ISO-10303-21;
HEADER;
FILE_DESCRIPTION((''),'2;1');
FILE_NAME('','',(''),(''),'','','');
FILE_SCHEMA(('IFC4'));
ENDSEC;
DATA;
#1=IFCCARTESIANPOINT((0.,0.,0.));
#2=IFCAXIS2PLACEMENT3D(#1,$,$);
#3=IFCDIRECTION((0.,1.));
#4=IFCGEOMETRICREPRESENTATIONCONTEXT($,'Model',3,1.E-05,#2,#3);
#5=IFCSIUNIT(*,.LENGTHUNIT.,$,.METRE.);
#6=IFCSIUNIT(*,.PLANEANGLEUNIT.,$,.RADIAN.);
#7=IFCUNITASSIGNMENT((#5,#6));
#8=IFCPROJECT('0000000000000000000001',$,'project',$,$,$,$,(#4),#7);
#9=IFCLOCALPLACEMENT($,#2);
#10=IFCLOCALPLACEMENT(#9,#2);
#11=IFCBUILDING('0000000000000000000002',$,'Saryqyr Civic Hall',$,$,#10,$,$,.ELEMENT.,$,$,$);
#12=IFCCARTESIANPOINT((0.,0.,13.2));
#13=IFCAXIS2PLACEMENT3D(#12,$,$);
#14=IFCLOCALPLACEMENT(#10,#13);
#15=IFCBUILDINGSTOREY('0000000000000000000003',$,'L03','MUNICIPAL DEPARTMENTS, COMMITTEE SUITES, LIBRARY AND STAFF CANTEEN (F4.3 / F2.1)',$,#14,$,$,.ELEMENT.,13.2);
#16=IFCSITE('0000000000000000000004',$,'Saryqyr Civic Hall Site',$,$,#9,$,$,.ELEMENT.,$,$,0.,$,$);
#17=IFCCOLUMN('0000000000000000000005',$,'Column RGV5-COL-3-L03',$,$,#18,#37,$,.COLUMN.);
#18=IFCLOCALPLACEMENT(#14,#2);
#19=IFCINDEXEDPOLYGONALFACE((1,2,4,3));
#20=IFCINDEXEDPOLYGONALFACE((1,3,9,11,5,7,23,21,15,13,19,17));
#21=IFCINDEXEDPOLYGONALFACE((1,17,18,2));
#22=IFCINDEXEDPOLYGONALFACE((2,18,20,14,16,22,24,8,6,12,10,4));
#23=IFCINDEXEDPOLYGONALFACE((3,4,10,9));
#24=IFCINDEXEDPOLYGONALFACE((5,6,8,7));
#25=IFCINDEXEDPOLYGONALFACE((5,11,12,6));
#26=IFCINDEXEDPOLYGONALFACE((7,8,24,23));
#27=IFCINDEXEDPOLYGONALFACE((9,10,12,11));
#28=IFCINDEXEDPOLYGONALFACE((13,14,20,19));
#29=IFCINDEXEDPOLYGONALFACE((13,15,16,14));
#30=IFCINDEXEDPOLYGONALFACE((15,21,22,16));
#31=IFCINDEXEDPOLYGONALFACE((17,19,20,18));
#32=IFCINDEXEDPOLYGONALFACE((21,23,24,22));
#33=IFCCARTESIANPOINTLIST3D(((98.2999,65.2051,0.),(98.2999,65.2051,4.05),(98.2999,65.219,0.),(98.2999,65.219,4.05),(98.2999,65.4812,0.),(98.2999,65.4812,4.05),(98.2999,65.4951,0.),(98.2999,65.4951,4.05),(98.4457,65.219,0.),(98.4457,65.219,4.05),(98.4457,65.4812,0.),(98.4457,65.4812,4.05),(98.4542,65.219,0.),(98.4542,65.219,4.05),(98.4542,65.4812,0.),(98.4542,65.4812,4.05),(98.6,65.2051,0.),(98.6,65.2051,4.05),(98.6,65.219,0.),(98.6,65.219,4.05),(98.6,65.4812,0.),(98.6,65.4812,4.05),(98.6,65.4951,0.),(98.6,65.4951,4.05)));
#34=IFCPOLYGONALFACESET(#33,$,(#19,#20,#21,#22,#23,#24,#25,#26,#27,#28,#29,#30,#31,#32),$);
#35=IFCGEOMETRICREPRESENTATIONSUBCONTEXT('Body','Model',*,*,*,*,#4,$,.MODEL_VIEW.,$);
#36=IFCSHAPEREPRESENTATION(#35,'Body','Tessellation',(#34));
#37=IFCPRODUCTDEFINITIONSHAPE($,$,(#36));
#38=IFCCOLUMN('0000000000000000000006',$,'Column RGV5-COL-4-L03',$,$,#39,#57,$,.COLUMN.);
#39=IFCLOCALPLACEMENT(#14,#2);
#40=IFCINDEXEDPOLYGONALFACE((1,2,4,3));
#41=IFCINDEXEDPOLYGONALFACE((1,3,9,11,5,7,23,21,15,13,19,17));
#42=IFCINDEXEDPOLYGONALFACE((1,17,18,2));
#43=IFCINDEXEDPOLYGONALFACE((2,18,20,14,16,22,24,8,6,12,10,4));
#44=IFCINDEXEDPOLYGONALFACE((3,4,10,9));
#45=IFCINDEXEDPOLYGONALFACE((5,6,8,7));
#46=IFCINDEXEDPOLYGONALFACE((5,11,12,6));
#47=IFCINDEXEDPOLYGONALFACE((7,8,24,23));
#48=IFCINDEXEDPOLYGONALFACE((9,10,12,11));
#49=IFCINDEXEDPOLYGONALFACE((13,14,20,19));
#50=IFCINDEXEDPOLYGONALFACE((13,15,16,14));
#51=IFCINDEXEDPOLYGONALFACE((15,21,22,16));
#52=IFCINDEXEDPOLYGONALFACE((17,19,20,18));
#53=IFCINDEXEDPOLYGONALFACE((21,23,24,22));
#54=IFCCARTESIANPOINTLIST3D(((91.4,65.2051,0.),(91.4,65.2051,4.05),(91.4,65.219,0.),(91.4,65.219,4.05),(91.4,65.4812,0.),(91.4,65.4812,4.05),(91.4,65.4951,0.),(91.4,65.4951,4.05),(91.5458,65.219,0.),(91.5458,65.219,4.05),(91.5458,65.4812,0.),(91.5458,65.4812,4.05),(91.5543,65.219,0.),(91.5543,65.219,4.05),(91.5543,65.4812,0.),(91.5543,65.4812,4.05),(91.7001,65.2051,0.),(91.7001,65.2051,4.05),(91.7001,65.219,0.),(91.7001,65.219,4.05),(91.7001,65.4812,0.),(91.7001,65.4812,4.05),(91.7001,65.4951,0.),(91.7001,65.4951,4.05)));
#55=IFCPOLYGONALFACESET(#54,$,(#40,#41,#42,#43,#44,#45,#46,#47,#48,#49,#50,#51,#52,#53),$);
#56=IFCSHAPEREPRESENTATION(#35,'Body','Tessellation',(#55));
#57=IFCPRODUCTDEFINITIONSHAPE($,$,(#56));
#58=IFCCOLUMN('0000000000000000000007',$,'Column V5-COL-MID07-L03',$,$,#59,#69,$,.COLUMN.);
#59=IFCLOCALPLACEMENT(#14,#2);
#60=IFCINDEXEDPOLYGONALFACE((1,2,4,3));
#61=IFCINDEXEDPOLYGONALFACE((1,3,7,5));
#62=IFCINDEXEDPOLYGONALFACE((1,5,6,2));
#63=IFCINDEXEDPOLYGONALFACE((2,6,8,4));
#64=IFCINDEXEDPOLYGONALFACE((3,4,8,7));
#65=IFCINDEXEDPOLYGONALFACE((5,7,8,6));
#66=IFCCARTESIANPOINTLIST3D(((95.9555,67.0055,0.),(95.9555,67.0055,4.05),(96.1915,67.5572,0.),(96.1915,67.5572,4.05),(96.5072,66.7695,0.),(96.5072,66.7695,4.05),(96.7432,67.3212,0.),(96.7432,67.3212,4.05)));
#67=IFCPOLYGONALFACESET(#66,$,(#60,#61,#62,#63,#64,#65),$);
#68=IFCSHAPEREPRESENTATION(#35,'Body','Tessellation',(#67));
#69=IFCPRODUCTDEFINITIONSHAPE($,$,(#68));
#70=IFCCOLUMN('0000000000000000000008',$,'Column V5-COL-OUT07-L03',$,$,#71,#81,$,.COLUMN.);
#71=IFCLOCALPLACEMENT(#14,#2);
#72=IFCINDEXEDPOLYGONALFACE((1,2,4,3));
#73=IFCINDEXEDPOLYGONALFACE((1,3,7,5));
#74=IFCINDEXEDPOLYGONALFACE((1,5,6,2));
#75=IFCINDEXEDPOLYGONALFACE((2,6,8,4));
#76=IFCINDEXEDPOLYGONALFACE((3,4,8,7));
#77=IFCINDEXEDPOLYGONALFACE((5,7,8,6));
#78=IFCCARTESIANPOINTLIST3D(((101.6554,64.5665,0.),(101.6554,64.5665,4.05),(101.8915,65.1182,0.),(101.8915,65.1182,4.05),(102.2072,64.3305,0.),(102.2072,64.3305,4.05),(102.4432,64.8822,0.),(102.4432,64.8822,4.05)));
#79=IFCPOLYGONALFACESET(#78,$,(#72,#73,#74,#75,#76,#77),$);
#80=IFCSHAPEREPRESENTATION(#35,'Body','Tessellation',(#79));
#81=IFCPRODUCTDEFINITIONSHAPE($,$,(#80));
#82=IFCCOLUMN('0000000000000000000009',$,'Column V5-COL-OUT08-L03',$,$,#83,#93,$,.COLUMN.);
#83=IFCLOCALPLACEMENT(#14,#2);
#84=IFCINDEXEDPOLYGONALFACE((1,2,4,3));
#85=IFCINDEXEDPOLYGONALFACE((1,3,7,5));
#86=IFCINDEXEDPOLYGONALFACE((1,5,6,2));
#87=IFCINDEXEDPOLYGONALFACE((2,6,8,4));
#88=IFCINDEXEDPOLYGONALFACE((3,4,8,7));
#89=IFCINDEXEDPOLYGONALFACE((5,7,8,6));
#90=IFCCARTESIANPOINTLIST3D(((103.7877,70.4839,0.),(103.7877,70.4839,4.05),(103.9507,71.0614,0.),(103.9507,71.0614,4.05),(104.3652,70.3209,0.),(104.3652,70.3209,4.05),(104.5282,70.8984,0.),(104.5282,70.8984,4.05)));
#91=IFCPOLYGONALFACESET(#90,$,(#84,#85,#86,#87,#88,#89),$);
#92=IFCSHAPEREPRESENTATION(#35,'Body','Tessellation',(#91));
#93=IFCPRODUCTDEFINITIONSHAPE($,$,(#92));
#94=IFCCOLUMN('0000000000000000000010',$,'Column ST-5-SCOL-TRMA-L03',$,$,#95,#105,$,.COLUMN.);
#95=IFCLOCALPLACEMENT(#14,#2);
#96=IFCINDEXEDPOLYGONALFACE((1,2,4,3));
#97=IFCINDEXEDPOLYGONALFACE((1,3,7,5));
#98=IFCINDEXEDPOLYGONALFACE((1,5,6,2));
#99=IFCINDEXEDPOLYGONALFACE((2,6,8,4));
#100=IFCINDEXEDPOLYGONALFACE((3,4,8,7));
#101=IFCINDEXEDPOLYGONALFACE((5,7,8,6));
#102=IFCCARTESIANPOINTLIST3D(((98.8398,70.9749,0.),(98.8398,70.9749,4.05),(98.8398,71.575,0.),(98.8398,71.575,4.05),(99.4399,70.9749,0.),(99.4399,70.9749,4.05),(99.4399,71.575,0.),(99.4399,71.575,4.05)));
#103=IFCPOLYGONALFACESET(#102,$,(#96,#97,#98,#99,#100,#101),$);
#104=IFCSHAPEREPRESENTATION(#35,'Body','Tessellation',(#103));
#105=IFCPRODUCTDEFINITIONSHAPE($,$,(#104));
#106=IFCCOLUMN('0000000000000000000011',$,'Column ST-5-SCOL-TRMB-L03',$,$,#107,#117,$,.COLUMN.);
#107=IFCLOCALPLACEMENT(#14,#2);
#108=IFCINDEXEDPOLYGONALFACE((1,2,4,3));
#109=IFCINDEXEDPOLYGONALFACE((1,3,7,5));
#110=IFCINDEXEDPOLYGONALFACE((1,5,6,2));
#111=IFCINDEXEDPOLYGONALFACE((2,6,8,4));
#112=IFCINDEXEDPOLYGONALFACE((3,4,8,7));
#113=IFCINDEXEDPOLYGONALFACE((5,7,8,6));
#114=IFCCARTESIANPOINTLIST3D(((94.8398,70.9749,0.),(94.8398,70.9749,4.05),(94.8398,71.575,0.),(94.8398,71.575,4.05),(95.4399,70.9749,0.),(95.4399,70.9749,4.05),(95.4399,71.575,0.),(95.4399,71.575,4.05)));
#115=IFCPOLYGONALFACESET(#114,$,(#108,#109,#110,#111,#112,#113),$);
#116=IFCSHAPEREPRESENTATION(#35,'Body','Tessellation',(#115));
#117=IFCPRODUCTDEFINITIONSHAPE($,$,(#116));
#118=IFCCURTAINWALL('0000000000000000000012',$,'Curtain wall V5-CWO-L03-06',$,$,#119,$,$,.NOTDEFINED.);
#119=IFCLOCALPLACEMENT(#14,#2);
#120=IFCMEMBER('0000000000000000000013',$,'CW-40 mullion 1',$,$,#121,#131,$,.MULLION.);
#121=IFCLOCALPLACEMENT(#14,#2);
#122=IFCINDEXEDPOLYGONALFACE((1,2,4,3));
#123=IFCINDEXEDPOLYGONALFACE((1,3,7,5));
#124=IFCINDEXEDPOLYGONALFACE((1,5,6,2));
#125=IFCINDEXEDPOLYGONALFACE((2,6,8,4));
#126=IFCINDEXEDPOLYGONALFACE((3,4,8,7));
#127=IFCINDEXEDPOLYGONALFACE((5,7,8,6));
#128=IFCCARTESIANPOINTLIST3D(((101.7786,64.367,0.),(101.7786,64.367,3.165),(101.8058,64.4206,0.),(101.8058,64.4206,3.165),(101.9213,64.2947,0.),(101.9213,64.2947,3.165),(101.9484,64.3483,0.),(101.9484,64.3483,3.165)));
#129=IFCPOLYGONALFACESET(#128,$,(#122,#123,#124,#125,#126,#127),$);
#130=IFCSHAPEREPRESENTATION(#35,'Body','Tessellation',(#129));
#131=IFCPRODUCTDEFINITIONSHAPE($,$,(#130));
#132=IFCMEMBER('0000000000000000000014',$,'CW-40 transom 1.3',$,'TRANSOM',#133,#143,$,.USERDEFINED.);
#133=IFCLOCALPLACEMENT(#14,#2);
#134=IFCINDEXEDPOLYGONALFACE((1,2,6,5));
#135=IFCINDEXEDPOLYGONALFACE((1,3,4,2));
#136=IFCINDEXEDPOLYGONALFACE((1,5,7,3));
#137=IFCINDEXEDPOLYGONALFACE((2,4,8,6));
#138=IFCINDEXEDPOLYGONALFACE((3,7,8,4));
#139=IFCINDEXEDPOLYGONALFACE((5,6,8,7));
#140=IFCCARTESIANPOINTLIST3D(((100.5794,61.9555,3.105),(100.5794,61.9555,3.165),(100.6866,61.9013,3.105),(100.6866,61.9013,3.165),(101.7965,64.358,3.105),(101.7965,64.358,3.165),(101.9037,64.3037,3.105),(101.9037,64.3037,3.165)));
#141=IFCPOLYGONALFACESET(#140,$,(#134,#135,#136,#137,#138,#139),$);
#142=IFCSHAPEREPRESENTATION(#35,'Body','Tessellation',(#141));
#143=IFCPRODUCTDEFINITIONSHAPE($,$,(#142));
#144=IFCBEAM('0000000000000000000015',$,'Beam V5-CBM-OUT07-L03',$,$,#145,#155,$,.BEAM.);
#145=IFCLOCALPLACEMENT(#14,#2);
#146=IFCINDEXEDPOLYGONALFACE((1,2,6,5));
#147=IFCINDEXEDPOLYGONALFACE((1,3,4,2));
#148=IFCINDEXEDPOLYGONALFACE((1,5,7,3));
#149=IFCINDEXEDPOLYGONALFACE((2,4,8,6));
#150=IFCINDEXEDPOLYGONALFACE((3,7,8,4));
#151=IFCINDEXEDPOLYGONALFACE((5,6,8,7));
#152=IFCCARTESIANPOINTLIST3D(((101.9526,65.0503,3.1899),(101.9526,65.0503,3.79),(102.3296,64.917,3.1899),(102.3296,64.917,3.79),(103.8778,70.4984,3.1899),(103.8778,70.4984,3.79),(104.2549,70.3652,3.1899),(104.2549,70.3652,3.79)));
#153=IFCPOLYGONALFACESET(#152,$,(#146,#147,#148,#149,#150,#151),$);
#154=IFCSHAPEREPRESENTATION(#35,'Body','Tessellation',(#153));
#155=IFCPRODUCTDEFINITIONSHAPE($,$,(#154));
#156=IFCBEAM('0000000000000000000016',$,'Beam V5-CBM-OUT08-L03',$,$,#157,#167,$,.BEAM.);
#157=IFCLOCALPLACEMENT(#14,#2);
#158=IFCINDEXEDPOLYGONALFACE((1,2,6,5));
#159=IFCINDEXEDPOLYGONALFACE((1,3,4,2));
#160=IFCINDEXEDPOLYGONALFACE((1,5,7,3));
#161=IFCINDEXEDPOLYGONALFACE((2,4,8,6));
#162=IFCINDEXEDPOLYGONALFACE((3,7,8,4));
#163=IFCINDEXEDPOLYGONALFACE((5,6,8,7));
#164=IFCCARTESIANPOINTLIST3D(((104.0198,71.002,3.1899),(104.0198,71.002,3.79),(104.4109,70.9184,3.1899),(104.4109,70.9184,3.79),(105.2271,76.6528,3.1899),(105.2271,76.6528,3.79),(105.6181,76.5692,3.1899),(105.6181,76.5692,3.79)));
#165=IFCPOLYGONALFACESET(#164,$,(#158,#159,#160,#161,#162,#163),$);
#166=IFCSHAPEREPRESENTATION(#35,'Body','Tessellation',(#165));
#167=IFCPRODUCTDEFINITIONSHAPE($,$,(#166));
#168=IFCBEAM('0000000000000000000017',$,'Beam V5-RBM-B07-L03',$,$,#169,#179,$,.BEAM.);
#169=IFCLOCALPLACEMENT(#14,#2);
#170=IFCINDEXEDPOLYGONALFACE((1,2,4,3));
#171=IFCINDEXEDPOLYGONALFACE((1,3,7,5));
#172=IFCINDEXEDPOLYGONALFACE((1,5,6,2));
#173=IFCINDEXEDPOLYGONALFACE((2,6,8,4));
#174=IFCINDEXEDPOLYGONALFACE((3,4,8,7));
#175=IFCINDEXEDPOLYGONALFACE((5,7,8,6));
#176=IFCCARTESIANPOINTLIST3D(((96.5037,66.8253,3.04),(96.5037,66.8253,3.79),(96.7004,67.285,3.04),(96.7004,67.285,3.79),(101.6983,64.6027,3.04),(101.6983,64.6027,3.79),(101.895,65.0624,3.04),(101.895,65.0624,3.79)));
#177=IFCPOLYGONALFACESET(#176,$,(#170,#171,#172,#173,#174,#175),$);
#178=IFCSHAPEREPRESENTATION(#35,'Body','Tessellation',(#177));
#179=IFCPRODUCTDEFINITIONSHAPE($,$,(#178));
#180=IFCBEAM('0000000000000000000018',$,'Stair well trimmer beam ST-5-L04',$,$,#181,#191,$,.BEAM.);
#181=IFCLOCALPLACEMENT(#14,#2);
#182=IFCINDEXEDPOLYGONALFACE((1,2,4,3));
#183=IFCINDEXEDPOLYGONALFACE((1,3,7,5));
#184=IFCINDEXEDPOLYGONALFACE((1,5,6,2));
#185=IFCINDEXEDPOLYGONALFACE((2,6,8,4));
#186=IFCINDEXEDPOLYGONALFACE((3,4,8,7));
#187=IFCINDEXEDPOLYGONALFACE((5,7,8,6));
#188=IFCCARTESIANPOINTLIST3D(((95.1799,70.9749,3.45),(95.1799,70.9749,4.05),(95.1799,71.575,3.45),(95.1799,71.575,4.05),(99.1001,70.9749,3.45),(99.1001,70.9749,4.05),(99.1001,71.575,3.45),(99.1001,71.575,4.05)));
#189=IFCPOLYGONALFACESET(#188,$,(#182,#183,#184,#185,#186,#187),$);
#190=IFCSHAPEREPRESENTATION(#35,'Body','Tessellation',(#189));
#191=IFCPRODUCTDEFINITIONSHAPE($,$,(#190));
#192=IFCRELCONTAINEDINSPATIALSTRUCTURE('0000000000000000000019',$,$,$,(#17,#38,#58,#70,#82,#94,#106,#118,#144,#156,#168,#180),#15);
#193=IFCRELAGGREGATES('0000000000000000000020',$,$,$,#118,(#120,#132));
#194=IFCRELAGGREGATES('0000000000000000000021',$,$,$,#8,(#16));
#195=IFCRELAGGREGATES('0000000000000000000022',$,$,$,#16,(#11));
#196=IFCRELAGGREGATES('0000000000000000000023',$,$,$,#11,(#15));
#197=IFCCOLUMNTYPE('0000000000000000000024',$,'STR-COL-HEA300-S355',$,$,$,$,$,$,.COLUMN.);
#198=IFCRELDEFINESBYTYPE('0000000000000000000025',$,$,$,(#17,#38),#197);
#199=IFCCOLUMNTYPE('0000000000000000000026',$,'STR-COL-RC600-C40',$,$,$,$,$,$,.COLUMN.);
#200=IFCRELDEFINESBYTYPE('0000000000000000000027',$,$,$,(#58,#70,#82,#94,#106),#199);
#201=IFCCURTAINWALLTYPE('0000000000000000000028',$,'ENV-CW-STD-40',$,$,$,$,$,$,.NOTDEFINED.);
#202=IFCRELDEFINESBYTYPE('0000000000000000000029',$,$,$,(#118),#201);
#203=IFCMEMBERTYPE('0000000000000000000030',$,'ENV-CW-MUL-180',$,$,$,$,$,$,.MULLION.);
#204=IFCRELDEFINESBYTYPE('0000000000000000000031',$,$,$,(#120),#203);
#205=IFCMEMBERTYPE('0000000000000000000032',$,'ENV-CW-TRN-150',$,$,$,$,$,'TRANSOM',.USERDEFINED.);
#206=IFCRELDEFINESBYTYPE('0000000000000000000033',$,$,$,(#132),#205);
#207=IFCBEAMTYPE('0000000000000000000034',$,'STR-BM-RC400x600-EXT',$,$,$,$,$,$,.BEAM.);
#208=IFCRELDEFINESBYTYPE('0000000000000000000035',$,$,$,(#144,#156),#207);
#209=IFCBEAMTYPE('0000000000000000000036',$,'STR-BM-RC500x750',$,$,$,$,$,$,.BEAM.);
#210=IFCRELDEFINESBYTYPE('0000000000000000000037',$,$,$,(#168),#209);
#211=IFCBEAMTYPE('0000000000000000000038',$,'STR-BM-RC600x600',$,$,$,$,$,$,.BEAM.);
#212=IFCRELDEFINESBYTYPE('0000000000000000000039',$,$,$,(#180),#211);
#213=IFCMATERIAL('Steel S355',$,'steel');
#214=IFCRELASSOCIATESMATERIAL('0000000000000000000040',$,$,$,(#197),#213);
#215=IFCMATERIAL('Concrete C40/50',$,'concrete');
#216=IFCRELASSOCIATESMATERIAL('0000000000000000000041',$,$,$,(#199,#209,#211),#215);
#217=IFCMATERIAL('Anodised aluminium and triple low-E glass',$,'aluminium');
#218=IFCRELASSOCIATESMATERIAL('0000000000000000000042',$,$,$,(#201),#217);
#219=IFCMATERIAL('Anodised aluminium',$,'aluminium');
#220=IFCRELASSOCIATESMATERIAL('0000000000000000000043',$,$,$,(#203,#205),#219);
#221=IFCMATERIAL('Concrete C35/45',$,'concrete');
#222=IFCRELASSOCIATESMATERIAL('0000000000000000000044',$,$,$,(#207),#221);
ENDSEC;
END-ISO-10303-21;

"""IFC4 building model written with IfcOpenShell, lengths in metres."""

from ifc_helpers import new_model, si_unit, direction, frame, origin, origin_2d, place, context, subcontext, project, spatial, rectangle, i_section, extrude, material, material_profile, profile_set, type_object, element, aggregate, save


model = new_model("IFC4")

# Units and contexts
model_context = context("Model", 3, precision=1e-05, world=origin(), true_north=direction((0.0, 1.0)))
body_context = subcontext(model_context, "Body", "Model", "MODEL_VIEW")
ifc_project = project(units=[si_unit("LENGTHUNIT", "METRE"), si_unit("PLANEANGLEUNIT", "RADIAN")], contexts=[model_context])

# Site, building, storey
site_placement = place(None, origin())
site = spatial("IfcSite", under=ifc_project, at=site_placement, Name="Saryqyr Civic Hall Site", CompositionType="ELEMENT", RefElevation=0.0)
building_placement = place(site_placement, origin())
building = spatial("IfcBuilding", under=site, at=building_placement, Name="Saryqyr Civic Hall", CompositionType="ELEMENT")
storey_placement = place(building_placement, frame((0.0, 0.0, 13.2)))
storey = spatial("IfcBuildingStorey", under=building, at=storey_placement, Name="L03", Description="MUNICIPAL DEPARTMENTS, COMMITTEE SUITES, LIBRARY AND STAFF CANTEEN (F4.3 / F2.1)", CompositionType="ELEMENT", Elevation=13.2)

# Columns
ifc_material_1 = material(Name="Steel S355", Category="steel")
ifc_material_profile_1 = material_profile(ifc_material_1, i_section(OverallWidth=0.3, OverallDepth=0.29, WebThickness=0.0085, FlangeThickness=0.0139, at=origin_2d()), Name="HEA 300")
ifc_profile_set_1 = profile_set([ifc_material_profile_1], Name="Steel S355")
column_type_1 = type_object("IfcColumnType", Name="STR-COL-HEA300-S355", PredefinedType="COLUMN", material=ifc_profile_set_1)
for number, where, z_axis, x_axis, name in (
    (1, (98.45, 65.3501, 0.0), (0.0, 0.0, 1.0), (1.0, 0.0, 0.0), "Column RGV5-COL-3-L03"),
    (2, (91.55, 65.3501, 0.0), (0.0, 0.0, 1.0), (1.0, 0.0, 0.0), "Column RGV5-COL-4-L03"),
):
    element("IfcColumn", number, at=place(storey_placement, frame(where, z_axis=z_axis, x_axis=x_axis)), inside=storey, type_object=column_type_1, Name=name, PredefinedType="COLUMN", context=body_context, shape_type="SweptSolid", body=[
        extrude(i_section(OverallWidth=0.3, OverallDepth=0.29, WebThickness=0.0085, FlangeThickness=0.0139, at=origin_2d()), origin(), (0.0, 0.0, 1.0), 4.05),
    ])
ifc_material_2 = material(Name="Concrete C40/50", Category="concrete")
ifc_material_profile_2 = material_profile(ifc_material_2, rectangle(XDim=0.6001, YDim=0.6001, at=origin_2d()), Name="RC 600x600")
ifc_profile_set_2 = profile_set([ifc_material_profile_2], Name="Concrete C40/50")
column_type_2 = type_object("IfcColumnType", Name="STR-COL-RC600-C40", PredefinedType="COLUMN", material=ifc_profile_set_2)
for number, where, z_axis, x_axis, name in (
    (3, (96.3494, 67.1633, 0.0), (0.0, 0.0, 1.0), (0.91941, -0.3933, 0.0), "Column V5-COL-MID07-L03"),
    (4, (102.0493, 64.7244, 0.0), (0.0, 0.0, 1.0), (0.91941, -0.3933, 0.0), "Column V5-COL-OUT07-L03"),
    (5, (104.158, 70.6912, 0.0), (0.0, 0.0, 1.0), (0.962408, -0.271608, 0.0), "Column V5-COL-OUT08-L03"),
    (6, (99.1399, 71.2749, 0.0), (0.0, 0.0, 1.0), (1.0, 0.0, 0.0), "Column ST-5-SCOL-TRMA-L03"),
    (7, (95.1399, 71.2749, 0.0), (0.0, 0.0, 1.0), (1.0, 0.0, 0.0), "Column ST-5-SCOL-TRMB-L03"),
):
    element("IfcColumn", number, at=place(storey_placement, frame(where, z_axis=z_axis, x_axis=x_axis)), inside=storey, type_object=column_type_2, Name=name, PredefinedType="COLUMN", context=body_context, shape_type="SweptSolid", body=[
        extrude(rectangle(XDim=0.6001, YDim=0.6001, at=origin_2d()), origin(), (0.0, 0.0, 1.0), 4.05),
    ])

# Curtain wall, members
ifc_material_3 = material(Name="Anodised aluminium and triple low-E glass", Category="aluminium")
curtain_wall_type_1 = type_object("IfcCurtainWallType", Name="ENV-CW-STD-40", PredefinedType="NOTDEFINED", material=ifc_material_3)
curtain_wall_1_placement = place(storey_placement, origin())
curtain_wall_1 = element("IfcCurtainWall", 8, at=curtain_wall_1_placement, inside=storey, type_object=curtain_wall_type_1, Name="Curtain wall V5-CWO-L03-06", PredefinedType="NOTDEFINED")
ifc_material_4 = material(Name="Anodised aluminium", Category="aluminium")
ifc_material_profile_3 = material_profile(ifc_material_4, rectangle(XDim=0.0601, YDim=0.1599, at=origin_2d()), Name="ALU MULLION 60x160")
ifc_profile_set_3 = profile_set([ifc_material_profile_3], Name="Anodised aluminium")
member_type_1 = type_object("IfcMemberType", Name="ENV-CW-MUL-180", PredefinedType="MULLION", material=ifc_profile_set_3)
member_1_placement = place(storey_placement, frame((101.8635, 64.3577, 0.0), z_axis=(0.0, 0.0, 1.0), x_axis=(-0.451943, -0.892047, 0.0)))
member_1 = element("IfcMember", 9, at=member_1_placement, type_object=member_type_1, Name="CW-40 mullion 1", PredefinedType="MULLION", context=body_context, shape_type="SweptSolid", body=[
    extrude(rectangle(XDim=0.0601, YDim=0.1599, at=origin_2d()), origin(), (0.0, 0.0, 1.0), 3.165),
])
ifc_material_profile_4 = material_profile(ifc_material_4, rectangle(XDim=0.1201, YDim=0.0601, at=origin_2d()), Name="ALU TRANSOM 120x60")
ifc_profile_set_4 = profile_set([ifc_material_profile_4], Name="Anodised aluminium")
member_type_2 = type_object("IfcMemberType", Name="ENV-CW-TRN-150", ElementType="TRANSOM", PredefinedType="USERDEFINED", material=ifc_profile_set_4)
member_2_placement = place(storey_placement, frame((101.8501, 64.3308, 3.135), z_axis=(-0.451922, -0.892058, 0.0), x_axis=(0.892058, -0.451922, 0.0)))
member_2 = element("IfcMember", 10, at=member_2_placement, type_object=member_type_2, Name="CW-40 transom 1.3", ObjectType="TRANSOM", PredefinedType="USERDEFINED", context=body_context, shape_type="SweptSolid", body=[
    extrude(rectangle(XDim=0.1201, YDim=0.0601, at=origin_2d()), origin(), (0.0, 0.0, 1.0), 2.6931),
])
aggregate(curtain_wall_1, [member_1, member_2])

# Beams
ifc_material_5 = material(Name="Concrete C35/45", Category="concrete")
ifc_material_profile_5 = material_profile(ifc_material_5, rectangle(XDim=0.3999, YDim=0.6001, at=origin_2d()), Name="RC 400x600")
ifc_profile_set_5 = profile_set([ifc_material_profile_5], Name="Concrete C35/45")
beam_type_1 = type_object("IfcBeamType", Name="STR-BM-RC400x600-EXT", PredefinedType="BEAM", material=ifc_profile_set_5)
for number, where, z_axis, x_axis, name in (
    (11, (102.1411, 64.9836, 3.49), (0.333187, 0.942861, 0.0), (-0.942861, 0.333187, 0.0), "Beam V5-CBM-OUT07-L03"),
    (12, (104.2153, 70.9602, 3.49), (0.208929, 0.977931, 0.0), (-0.977931, 0.208929, 0.0), "Beam V5-CBM-OUT08-L03"),
):
    element("IfcBeam", number, at=place(storey_placement, frame(where, z_axis=z_axis, x_axis=x_axis)), inside=storey, type_object=beam_type_1, Name=name, PredefinedType="BEAM", context=body_context, shape_type="SweptSolid", body=[
        extrude(rectangle(XDim=0.3999, YDim=0.6001, at=origin_2d()), origin(), (0.0, 0.0, 1.0), 5.7783),
    ])
ifc_material_profile_6 = material_profile(ifc_material_2, rectangle(XDim=0.5, YDim=0.75, at=origin_2d()), Name="RC 500x750")
ifc_profile_set_6 = profile_set([ifc_material_profile_6], Name="Concrete C40/50")
beam_type_2 = type_object("IfcBeamType", Name="STR-BM-RC500x750", PredefinedType="BEAM", material=ifc_profile_set_6)
beam_1_placement = place(storey_placement, frame((96.6021, 67.0552, 3.415), z_axis=(0.919375, -0.393382, 0.0), x_axis=(0.393382, 0.919375, 0.0)))
element("IfcBeam", 13, at=beam_1_placement, inside=storey, type_object=beam_type_2, Name="Beam V5-RBM-B07-L03", PredefinedType="BEAM", context=body_context, shape_type="SweptSolid", body=[
    extrude(rectangle(XDim=0.5, YDim=0.75, at=origin_2d()), origin(), (0.0, 0.0, 1.0), 5.6501),
])
ifc_material_profile_7 = material_profile(ifc_material_2, rectangle(XDim=0.6001, YDim=0.6001, at=origin_2d()), Name="RC 600x600")
ifc_profile_set_7 = profile_set([ifc_material_profile_7], Name="Concrete C40/50")
beam_type_3 = type_object("IfcBeamType", Name="STR-BM-RC600x600", PredefinedType="BEAM", material=ifc_profile_set_7)
beam_2_placement = place(storey_placement, frame((99.1001, 71.2749, 3.75), z_axis=(-1.0, 0.0, 0.0), x_axis=(0.0, -1.0, 0.0)))
element("IfcBeam", 14, at=beam_2_placement, inside=storey, type_object=beam_type_3, Name="Stair well trimmer beam ST-5-L04", PredefinedType="BEAM", context=body_context, shape_type="SweptSolid", body=[
    extrude(rectangle(XDim=0.6001, YDim=0.6001, at=origin_2d()), origin(), (0.0, 0.0, 1.0), 3.9202),
])

save(model, "model.ifc")
